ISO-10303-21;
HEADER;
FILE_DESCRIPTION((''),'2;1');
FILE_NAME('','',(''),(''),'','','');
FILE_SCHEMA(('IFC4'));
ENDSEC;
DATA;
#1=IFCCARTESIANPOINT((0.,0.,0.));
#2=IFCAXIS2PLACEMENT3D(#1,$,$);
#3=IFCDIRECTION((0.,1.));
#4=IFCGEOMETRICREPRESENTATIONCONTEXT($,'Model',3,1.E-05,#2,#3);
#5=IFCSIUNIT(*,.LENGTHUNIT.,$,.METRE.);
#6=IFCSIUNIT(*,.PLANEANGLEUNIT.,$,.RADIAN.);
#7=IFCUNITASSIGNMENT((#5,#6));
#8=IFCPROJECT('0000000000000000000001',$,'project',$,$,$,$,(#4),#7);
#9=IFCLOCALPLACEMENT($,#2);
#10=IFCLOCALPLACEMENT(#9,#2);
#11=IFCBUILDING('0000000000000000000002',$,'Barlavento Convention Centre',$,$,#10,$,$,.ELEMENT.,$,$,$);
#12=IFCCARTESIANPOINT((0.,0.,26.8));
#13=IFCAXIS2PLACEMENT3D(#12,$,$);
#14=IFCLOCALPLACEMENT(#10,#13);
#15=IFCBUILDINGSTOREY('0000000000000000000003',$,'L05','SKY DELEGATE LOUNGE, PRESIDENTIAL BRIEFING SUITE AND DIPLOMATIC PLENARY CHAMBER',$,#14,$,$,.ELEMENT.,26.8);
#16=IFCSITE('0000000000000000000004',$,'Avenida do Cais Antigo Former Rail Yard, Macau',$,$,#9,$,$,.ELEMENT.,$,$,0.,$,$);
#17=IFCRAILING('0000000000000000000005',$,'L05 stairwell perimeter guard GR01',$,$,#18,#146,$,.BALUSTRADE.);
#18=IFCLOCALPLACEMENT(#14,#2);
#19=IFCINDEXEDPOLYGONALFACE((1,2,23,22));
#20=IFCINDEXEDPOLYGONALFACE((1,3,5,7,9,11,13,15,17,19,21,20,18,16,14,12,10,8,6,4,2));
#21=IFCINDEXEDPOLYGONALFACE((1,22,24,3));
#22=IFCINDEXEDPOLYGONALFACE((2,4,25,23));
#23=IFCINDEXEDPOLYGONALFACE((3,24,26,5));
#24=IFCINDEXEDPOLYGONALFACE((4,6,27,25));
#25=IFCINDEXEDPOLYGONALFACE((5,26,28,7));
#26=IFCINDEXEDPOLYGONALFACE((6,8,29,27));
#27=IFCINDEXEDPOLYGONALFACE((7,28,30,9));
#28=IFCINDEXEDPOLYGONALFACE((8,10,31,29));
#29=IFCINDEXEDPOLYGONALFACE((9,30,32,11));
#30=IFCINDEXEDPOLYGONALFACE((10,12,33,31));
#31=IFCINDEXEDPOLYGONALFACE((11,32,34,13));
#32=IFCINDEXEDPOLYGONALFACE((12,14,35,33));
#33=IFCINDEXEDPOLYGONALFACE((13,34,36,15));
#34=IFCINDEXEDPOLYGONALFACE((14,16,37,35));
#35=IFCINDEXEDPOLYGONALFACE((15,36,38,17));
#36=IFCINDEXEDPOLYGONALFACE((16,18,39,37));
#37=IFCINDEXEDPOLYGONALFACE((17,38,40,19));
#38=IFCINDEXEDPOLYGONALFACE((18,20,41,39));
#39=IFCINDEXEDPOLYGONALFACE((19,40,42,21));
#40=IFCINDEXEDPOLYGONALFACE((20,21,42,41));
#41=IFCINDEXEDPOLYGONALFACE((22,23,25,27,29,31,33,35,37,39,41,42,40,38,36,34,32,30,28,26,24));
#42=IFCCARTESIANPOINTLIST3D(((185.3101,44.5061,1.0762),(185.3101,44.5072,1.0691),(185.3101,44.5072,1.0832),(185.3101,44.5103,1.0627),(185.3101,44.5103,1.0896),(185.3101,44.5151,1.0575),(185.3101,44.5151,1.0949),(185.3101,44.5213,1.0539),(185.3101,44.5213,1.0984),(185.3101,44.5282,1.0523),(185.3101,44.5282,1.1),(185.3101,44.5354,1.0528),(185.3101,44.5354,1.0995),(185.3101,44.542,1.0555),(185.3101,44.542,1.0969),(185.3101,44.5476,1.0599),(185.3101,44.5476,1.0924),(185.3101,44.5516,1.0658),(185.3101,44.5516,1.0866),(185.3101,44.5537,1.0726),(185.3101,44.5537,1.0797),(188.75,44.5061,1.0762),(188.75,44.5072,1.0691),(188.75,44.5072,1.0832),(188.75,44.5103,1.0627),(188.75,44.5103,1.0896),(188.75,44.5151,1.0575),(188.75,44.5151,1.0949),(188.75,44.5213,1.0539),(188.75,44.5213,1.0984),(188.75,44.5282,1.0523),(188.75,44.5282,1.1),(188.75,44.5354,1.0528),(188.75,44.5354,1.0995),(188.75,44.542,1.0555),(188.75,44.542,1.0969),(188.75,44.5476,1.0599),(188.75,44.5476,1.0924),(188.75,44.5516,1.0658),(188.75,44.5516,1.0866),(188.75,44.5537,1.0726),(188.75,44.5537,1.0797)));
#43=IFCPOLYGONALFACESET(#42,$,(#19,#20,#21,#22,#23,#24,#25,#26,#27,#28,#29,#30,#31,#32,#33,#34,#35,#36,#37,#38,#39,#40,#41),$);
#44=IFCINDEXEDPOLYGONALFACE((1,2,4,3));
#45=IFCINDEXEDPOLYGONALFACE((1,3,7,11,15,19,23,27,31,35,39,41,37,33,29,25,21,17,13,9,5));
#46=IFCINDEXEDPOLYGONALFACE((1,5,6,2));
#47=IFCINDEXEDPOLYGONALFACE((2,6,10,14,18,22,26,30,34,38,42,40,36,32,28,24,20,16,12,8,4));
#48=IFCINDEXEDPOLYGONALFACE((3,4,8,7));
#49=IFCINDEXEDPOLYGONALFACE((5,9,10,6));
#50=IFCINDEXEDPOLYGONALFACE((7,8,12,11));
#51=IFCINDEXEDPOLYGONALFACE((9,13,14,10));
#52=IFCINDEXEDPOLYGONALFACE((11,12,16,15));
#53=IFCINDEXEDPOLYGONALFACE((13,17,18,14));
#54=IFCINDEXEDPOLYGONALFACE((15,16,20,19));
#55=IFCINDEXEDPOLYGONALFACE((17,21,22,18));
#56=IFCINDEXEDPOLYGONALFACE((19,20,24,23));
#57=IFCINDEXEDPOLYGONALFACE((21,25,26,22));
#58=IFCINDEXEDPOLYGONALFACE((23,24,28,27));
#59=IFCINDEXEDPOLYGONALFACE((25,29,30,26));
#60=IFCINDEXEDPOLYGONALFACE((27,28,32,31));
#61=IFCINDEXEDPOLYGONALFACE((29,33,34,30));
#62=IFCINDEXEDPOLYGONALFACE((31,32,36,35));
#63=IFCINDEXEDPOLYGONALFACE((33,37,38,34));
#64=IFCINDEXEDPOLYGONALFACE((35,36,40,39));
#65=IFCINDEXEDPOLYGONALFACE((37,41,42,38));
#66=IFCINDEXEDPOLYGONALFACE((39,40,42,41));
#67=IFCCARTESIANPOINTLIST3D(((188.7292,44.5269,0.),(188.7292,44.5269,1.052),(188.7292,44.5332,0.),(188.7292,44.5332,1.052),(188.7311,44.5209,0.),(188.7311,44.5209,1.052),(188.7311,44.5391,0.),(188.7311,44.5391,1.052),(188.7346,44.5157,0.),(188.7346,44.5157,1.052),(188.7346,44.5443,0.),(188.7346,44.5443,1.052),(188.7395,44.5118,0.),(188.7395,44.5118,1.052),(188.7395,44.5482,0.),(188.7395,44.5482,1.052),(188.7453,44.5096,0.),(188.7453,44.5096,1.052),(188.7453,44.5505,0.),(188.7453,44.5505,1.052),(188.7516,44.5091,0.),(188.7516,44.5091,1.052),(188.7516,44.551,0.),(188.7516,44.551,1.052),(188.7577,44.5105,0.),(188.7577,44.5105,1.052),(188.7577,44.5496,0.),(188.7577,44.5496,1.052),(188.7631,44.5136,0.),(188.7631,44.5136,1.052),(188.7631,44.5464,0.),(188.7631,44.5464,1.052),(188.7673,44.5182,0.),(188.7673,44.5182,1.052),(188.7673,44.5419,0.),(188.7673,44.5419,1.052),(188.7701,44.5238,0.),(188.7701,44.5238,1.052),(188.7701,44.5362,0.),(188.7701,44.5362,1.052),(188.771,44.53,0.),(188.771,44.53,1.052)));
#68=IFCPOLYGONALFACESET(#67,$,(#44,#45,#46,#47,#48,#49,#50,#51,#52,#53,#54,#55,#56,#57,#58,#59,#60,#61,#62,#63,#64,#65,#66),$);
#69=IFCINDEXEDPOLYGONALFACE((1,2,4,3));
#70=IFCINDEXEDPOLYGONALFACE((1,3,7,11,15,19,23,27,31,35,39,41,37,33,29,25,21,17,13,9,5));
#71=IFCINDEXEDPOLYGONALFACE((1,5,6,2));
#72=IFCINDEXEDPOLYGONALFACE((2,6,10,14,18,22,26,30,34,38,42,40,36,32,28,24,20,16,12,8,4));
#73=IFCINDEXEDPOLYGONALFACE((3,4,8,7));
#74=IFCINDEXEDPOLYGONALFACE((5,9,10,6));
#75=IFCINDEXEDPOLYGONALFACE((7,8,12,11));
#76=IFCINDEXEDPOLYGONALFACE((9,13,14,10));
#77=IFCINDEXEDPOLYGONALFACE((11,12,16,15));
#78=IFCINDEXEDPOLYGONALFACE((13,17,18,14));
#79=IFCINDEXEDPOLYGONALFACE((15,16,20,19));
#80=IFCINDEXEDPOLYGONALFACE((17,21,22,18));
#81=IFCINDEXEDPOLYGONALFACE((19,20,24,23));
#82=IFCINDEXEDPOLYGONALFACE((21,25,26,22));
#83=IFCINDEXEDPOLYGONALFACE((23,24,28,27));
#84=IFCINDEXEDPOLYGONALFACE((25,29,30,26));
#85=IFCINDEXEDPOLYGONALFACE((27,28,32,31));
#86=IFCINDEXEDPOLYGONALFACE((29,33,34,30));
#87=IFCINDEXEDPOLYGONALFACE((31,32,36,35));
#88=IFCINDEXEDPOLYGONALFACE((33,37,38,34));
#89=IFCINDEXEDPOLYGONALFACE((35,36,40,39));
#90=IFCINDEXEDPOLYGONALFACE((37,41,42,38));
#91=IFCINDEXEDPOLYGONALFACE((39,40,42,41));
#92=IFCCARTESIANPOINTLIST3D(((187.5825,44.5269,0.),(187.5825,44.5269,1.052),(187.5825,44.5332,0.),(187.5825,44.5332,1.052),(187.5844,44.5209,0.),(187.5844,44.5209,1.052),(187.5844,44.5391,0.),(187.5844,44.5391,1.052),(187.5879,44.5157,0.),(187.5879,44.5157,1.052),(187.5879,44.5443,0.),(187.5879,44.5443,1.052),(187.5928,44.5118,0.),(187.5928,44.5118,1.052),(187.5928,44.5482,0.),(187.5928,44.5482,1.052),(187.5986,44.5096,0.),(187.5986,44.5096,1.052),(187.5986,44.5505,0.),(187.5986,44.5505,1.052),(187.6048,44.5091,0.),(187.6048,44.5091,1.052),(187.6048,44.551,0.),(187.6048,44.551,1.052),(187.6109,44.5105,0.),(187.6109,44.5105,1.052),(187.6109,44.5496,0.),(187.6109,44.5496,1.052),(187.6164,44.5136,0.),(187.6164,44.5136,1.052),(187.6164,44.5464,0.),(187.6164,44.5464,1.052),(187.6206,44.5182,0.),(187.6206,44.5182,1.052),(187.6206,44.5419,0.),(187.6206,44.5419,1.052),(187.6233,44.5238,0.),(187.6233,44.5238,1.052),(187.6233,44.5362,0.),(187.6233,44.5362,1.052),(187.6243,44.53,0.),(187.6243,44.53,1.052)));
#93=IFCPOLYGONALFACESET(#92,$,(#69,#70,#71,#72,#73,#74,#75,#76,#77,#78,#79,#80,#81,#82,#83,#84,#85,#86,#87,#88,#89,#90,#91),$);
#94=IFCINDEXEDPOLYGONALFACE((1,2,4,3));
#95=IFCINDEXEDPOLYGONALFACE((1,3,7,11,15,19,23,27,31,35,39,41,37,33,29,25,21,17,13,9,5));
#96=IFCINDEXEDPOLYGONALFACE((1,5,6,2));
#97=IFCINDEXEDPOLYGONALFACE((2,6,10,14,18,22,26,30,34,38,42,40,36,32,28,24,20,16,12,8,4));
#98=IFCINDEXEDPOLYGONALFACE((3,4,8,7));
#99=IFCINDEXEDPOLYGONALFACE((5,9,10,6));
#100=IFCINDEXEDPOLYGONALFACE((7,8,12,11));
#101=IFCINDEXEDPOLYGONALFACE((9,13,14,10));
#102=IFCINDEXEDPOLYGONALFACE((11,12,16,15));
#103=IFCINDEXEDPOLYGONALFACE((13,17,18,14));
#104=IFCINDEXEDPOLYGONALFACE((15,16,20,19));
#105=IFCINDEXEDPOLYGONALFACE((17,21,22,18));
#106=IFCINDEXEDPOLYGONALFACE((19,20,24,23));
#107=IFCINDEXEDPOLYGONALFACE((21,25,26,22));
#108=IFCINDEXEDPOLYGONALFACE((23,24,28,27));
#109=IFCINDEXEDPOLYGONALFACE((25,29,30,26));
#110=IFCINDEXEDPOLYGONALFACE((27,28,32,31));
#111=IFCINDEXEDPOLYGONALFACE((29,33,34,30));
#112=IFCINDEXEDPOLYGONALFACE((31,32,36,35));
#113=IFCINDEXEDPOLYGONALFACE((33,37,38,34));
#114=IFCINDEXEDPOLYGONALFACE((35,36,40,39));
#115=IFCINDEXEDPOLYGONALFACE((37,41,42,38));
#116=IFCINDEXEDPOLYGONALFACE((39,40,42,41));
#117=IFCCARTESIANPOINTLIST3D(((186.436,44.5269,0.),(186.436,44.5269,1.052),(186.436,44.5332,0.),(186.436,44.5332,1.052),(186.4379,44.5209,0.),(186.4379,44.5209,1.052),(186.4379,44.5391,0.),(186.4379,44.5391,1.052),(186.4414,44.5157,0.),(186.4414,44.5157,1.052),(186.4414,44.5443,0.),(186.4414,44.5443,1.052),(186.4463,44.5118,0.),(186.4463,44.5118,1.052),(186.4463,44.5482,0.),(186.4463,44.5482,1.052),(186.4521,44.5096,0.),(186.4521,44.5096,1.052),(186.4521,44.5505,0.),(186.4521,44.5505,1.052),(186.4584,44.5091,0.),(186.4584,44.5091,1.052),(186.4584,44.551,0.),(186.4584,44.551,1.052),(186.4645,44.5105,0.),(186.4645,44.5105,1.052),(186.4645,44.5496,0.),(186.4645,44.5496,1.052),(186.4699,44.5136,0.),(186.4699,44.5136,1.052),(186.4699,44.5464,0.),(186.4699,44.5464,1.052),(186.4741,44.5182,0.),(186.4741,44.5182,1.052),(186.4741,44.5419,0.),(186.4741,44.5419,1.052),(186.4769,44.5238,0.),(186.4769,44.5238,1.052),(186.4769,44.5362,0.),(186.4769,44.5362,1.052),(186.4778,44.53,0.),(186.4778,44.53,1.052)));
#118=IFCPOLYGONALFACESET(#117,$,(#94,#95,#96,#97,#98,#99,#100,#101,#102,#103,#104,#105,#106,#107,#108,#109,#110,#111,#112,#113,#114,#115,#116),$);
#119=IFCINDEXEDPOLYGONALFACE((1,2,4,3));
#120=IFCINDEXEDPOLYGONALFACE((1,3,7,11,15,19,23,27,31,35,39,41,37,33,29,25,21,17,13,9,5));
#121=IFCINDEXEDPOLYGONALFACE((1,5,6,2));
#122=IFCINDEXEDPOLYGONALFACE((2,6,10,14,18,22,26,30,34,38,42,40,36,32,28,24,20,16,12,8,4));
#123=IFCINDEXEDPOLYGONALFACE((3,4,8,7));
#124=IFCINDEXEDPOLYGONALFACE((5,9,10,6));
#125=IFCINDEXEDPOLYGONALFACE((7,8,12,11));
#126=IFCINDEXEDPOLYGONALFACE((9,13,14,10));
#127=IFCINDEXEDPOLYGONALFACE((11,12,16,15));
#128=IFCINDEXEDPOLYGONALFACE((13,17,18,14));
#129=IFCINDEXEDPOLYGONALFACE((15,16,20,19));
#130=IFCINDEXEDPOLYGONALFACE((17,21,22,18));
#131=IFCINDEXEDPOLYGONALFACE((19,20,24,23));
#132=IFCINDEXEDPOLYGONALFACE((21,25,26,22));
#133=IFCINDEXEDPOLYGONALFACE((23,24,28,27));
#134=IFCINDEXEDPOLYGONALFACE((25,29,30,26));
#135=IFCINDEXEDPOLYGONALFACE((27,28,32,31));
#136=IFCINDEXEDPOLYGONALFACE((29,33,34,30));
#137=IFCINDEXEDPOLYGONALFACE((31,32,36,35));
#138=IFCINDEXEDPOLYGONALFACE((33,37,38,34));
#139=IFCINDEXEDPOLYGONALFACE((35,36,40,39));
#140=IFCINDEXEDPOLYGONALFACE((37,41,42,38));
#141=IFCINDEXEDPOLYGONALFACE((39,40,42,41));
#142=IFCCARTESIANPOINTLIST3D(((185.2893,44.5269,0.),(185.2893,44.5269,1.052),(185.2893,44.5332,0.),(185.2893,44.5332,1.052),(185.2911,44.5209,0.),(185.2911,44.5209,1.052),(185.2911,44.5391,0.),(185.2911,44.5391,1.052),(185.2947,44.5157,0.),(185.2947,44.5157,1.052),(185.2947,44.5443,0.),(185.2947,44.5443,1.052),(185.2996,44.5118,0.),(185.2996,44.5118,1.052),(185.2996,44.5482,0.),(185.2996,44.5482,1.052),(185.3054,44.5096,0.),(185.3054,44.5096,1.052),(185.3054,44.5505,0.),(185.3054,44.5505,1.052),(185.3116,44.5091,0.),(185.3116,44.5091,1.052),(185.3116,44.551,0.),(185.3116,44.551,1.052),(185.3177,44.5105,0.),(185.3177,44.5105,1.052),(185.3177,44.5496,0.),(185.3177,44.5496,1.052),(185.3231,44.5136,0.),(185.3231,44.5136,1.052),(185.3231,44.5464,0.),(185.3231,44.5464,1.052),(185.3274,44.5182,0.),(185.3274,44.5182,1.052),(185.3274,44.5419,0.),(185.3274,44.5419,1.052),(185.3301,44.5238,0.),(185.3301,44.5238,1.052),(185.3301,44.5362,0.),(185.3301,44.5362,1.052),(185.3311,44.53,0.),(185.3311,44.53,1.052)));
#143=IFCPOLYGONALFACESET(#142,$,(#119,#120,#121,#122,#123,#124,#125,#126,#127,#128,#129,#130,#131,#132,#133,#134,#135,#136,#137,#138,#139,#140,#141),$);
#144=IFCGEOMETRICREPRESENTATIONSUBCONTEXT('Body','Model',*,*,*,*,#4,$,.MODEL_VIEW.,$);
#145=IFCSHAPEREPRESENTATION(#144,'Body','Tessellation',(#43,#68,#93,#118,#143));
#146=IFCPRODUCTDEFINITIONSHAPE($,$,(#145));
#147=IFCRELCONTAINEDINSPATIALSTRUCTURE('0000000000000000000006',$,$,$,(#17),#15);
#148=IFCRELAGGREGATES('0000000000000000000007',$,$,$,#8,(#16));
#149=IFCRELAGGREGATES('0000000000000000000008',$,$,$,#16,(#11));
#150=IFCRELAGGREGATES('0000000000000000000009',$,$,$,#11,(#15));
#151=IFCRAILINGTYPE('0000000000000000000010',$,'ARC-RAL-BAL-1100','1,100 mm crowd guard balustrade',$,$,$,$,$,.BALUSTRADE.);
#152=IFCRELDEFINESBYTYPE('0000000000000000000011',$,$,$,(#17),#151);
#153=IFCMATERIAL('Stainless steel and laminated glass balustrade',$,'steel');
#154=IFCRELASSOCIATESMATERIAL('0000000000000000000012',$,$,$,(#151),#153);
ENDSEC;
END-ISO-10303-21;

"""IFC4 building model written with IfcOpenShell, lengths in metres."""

from ifc_helpers import new_model, si_unit, direction, frame, origin, origin_2d, place, context, subcontext, project, spatial, circle, extrude, material, type_object, element, save


model = new_model("IFC4")

# Units and contexts
model_context = context("Model", 3, precision=1e-05, world=origin(), true_north=direction((0.0, 1.0)))
body_context = subcontext(model_context, "Body", "Model", "MODEL_VIEW")
ifc_project = project(units=[si_unit("LENGTHUNIT", "METRE"), si_unit("PLANEANGLEUNIT", "RADIAN")], contexts=[model_context])

# Site, building, storey
site_placement = place(None, origin())
site = spatial("IfcSite", under=ifc_project, at=site_placement, Name="Avenida do Cais Antigo Former Rail Yard, Macau", CompositionType="ELEMENT", RefElevation=0.0)
building_placement = place(site_placement, origin())
building = spatial("IfcBuilding", under=site, at=building_placement, Name="Barlavento Convention Centre", CompositionType="ELEMENT")
storey_placement = place(building_placement, frame((0.0, 0.0, 26.8)))
storey = spatial("IfcBuildingStorey", under=building, at=storey_placement, Name="L05", Description="SKY DELEGATE LOUNGE, PRESIDENTIAL BRIEFING SUITE AND DIPLOMATIC PLENARY CHAMBER", CompositionType="ELEMENT", Elevation=26.8)

# Railing
ifc_material_1 = material(Name="Stainless steel and laminated glass balustrade", Category="steel")
railing_type = type_object("IfcRailingType", Name="ARC-RAL-BAL-1100", Description="1,100 mm crowd guard balustrade", PredefinedType="BALUSTRADE", material=ifc_material_1)
railing_1_placement = place(storey_placement, frame((188.75, 44.53, 0.0)))
element("IfcRailing", 1, at=railing_1_placement, inside=storey, type_object=railing_type, Name="L05 stairwell perimeter guard GR01", PredefinedType="BALUSTRADE", context=body_context, shape_type="SweptSolid", body=[
    extrude(circle(Radius=0.0239, at=origin_2d()), frame((0.0, 0.0, 1.0762), z_axis=(-1.0, 0.0, 0.0), x_axis=(0.0, -1.0, 0.0)), (0.0, 0.0, 1.0), 3.4399),
    extrude(circle(Radius=0.021, at=origin_2d()), origin(), (0.0, 0.0, 1.0), 1.052),
    extrude(circle(Radius=0.021, at=origin_2d()), frame((-1.1467, 0.0, 0.0)), (0.0, 0.0, 1.0), 1.052),
    extrude(circle(Radius=0.021, at=origin_2d()), frame((-2.2932, 0.0, 0.0)), (0.0, 0.0, 1.0), 1.052),
    extrude(circle(Radius=0.021, at=origin_2d()), frame((-3.4399, 0.0, 0.0)), (0.0, 0.0, 1.0), 1.052),
])

save(model, "model.ifc")
